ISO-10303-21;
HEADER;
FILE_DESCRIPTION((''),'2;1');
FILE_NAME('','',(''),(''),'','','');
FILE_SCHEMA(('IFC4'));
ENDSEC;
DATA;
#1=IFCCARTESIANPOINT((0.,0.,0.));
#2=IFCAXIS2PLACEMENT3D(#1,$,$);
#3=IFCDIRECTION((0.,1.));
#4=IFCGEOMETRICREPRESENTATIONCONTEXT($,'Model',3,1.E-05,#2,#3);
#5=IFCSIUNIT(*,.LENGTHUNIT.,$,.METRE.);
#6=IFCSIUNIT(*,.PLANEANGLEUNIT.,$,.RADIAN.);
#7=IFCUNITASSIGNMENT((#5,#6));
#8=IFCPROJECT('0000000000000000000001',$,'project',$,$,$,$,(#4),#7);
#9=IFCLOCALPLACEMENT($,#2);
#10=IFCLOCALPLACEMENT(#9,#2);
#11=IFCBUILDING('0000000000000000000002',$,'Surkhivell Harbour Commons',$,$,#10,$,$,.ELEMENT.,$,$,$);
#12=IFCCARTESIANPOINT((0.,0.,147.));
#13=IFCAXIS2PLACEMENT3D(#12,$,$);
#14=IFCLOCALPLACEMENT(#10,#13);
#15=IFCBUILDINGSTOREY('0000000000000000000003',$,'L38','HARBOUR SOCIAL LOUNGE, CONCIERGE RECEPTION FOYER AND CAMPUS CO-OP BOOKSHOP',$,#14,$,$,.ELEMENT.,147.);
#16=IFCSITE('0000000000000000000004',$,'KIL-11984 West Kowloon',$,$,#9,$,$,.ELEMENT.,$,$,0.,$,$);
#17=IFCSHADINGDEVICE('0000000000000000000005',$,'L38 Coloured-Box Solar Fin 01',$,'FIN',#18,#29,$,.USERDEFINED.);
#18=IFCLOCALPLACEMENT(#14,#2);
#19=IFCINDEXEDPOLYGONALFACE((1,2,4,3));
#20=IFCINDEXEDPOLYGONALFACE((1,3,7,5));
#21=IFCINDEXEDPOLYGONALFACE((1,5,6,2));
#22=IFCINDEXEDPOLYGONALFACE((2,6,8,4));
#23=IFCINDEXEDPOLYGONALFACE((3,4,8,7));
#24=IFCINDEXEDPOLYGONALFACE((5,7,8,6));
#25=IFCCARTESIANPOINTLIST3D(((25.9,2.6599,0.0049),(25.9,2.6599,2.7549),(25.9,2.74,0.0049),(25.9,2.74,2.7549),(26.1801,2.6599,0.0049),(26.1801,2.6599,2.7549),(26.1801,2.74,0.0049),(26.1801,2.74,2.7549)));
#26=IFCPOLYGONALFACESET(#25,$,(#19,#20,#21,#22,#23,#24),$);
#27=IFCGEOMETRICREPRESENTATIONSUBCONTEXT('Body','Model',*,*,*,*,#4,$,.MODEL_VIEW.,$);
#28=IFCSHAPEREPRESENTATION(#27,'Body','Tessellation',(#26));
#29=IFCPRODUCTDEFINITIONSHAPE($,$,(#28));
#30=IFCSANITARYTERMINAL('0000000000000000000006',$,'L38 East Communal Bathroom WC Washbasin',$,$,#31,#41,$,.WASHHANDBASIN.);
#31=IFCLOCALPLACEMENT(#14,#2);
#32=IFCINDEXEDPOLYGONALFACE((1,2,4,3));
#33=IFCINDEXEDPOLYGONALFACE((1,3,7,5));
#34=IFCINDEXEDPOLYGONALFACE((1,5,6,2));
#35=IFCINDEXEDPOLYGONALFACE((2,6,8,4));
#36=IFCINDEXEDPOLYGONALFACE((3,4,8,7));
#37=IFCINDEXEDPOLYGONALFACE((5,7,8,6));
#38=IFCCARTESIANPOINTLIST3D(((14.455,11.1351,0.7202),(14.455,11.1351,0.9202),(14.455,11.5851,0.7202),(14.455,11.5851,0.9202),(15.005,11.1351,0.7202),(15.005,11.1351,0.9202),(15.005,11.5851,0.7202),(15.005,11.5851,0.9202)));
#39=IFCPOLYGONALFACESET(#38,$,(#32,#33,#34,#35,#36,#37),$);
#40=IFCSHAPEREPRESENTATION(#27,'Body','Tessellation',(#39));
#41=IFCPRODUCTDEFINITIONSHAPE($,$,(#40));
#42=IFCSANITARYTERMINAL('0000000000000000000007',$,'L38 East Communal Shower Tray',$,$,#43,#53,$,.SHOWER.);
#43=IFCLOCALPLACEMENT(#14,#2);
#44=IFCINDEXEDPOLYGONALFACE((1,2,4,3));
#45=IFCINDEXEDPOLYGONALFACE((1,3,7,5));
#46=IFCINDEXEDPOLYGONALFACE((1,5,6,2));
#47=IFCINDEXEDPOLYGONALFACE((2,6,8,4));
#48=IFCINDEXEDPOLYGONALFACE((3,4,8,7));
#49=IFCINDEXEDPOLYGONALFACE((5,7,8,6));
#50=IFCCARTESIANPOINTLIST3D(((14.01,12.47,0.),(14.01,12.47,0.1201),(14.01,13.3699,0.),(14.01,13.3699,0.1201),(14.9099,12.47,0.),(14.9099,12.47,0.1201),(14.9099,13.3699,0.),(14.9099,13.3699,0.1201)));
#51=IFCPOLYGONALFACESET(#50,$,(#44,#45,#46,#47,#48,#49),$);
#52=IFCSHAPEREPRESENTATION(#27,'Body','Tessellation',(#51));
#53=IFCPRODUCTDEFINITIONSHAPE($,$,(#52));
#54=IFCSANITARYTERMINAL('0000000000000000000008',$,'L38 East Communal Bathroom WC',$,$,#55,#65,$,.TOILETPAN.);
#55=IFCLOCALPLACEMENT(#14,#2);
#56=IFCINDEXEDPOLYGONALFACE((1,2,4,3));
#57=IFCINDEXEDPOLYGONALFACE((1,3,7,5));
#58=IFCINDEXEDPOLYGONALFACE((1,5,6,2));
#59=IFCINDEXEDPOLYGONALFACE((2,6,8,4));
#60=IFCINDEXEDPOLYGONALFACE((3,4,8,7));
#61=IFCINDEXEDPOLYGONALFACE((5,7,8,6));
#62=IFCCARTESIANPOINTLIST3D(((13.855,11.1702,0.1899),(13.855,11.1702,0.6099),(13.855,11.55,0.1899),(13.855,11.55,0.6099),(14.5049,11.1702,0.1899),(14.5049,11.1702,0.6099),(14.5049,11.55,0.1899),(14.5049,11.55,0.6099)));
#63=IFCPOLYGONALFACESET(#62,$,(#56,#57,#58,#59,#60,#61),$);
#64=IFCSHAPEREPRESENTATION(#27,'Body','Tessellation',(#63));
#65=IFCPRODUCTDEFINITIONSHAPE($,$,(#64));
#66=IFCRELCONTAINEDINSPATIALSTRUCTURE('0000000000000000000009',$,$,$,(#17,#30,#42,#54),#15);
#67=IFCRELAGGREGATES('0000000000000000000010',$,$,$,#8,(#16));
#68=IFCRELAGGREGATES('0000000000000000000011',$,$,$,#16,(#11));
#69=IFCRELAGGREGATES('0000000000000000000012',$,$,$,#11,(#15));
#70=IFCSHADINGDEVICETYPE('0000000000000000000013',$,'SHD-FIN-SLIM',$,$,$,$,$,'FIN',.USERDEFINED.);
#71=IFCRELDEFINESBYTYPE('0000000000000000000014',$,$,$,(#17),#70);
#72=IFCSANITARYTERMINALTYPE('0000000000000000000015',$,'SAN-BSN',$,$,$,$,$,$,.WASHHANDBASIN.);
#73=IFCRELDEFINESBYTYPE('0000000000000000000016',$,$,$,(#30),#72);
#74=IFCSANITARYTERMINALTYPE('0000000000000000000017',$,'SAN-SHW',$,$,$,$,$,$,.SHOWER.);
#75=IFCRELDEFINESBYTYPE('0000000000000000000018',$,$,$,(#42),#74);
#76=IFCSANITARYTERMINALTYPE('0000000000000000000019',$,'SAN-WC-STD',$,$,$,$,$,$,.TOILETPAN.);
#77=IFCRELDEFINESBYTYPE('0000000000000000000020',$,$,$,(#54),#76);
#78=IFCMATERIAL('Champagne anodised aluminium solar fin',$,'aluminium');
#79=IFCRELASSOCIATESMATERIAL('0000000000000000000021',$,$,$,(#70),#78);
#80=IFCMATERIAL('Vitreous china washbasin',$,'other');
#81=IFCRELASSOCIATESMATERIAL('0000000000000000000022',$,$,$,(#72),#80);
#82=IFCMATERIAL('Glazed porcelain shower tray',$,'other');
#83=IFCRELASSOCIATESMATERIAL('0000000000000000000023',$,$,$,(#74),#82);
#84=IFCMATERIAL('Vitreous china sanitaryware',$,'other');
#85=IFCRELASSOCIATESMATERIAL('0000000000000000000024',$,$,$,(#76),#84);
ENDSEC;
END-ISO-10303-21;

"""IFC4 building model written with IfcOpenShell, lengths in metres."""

from ifc_helpers import new_model, si_unit, direction, frame, origin, origin_2d, place, context, subcontext, project, spatial, rectangle, extrude, material, type_object, element, save


model = new_model("IFC4")

# Units and contexts
model_context = context("Model", 3, precision=1e-05, world=origin(), true_north=direction((0.0, 1.0)))
body_context = subcontext(model_context, "Body", "Model", "MODEL_VIEW")
ifc_project = project(units=[si_unit("LENGTHUNIT", "METRE"), si_unit("PLANEANGLEUNIT", "RADIAN")], contexts=[model_context])

# Site, building, storey
site_placement = place(None, origin())
site = spatial("IfcSite", under=ifc_project, at=site_placement, Name="KIL-11984 West Kowloon", CompositionType="ELEMENT", RefElevation=0.0)
building_placement = place(site_placement, origin())
building = spatial("IfcBuilding", under=site, at=building_placement, Name="Surkhivell Harbour Commons", CompositionType="ELEMENT")
storey_placement = place(building_placement, frame((0.0, 0.0, 147.0)))
storey = spatial("IfcBuildingStorey", under=building, at=storey_placement, Name="L38", Description="HARBOUR SOCIAL LOUNGE, CONCIERGE RECEPTION FOYER AND CAMPUS CO-OP BOOKSHOP", CompositionType="ELEMENT", Elevation=147.0)

# Shading device
ifc_material_1 = material(Name="Champagne anodised aluminium solar fin", Category="aluminium")
shading_device_type = type_object("IfcShadingDeviceType", Name="SHD-FIN-SLIM", ElementType="FIN", PredefinedType="USERDEFINED", material=ifc_material_1)
shading_device_placement = place(storey_placement, frame((26.04, 2.7, 0.0049), z_axis=(0.0, 0.0, 1.0), x_axis=(1.0, 0.0, 0.0)))
element("IfcShadingDevice", 1, at=shading_device_placement, inside=storey, type_object=shading_device_type, Name="L38 Coloured-Box Solar Fin 01", ObjectType="FIN", PredefinedType="USERDEFINED", context=body_context, shape_type="SweptSolid", body=[
    extrude(rectangle(XDim=0.28, YDim=0.0801, at=origin_2d()), origin(), (0.0, 0.0, 1.0), 2.75),
])

# Sanitary terminals
ifc_material_2 = material(Name="Vitreous china washbasin", Category="other")
sanitary_terminal_type_1 = type_object("IfcSanitaryTerminalType", Name="SAN-BSN", PredefinedType="WASHHANDBASIN", material=ifc_material_2)
sanitary_terminal_1_placement = place(storey_placement, frame((14.73, 11.3601, 0.7202), z_axis=(0.0, 0.0, 1.0), x_axis=(1.0, 0.0, 0.0)))
element("IfcSanitaryTerminal", 2, at=sanitary_terminal_1_placement, inside=storey, type_object=sanitary_terminal_type_1, Name="L38 East Communal Bathroom WC Washbasin", PredefinedType="WASHHANDBASIN", context=body_context, shape_type="SweptSolid", body=[
    extrude(rectangle(XDim=0.55, YDim=0.45, at=origin_2d()), origin(), (0.0, 0.0, 1.0), 0.2),
])
ifc_material_3 = material(Name="Glazed porcelain shower tray", Category="other")
sanitary_terminal_type_2 = type_object("IfcSanitaryTerminalType", Name="SAN-SHW", PredefinedType="SHOWER", material=ifc_material_3)
sanitary_terminal_2_placement = place(storey_placement, frame((14.46, 12.9199, 0.0), z_axis=(0.0, 0.0, 1.0), x_axis=(1.0, 0.0, 0.0)))
element("IfcSanitaryTerminal", 3, at=sanitary_terminal_2_placement, inside=storey, type_object=sanitary_terminal_type_2, Name="L38 East Communal Shower Tray", PredefinedType="SHOWER", context=body_context, shape_type="SweptSolid", body=[
    extrude(rectangle(XDim=0.8999, YDim=0.8999, at=origin_2d()), origin(), (0.0, 0.0, 1.0), 0.1201),
])
ifc_material_4 = material(Name="Vitreous china sanitaryware", Category="other")
sanitary_terminal_type_3 = type_object("IfcSanitaryTerminalType", Name="SAN-WC-STD", PredefinedType="TOILETPAN", material=ifc_material_4)
sanitary_terminal_3_placement = place(storey_placement, frame((14.1799, 11.3601, 0.1899), z_axis=(0.0, 0.0, 1.0), x_axis=(1.0, 0.0, 0.0)))
element("IfcSanitaryTerminal", 4, at=sanitary_terminal_3_placement, inside=storey, type_object=sanitary_terminal_type_3, Name="L38 East Communal Bathroom WC", PredefinedType="TOILETPAN", context=body_context, shape_type="SweptSolid", body=[
    extrude(rectangle(XDim=0.6499, YDim=0.3799, at=origin_2d()), origin(), (0.0, 0.0, 1.0), 0.4199),
])

save(model, "model.ifc")
